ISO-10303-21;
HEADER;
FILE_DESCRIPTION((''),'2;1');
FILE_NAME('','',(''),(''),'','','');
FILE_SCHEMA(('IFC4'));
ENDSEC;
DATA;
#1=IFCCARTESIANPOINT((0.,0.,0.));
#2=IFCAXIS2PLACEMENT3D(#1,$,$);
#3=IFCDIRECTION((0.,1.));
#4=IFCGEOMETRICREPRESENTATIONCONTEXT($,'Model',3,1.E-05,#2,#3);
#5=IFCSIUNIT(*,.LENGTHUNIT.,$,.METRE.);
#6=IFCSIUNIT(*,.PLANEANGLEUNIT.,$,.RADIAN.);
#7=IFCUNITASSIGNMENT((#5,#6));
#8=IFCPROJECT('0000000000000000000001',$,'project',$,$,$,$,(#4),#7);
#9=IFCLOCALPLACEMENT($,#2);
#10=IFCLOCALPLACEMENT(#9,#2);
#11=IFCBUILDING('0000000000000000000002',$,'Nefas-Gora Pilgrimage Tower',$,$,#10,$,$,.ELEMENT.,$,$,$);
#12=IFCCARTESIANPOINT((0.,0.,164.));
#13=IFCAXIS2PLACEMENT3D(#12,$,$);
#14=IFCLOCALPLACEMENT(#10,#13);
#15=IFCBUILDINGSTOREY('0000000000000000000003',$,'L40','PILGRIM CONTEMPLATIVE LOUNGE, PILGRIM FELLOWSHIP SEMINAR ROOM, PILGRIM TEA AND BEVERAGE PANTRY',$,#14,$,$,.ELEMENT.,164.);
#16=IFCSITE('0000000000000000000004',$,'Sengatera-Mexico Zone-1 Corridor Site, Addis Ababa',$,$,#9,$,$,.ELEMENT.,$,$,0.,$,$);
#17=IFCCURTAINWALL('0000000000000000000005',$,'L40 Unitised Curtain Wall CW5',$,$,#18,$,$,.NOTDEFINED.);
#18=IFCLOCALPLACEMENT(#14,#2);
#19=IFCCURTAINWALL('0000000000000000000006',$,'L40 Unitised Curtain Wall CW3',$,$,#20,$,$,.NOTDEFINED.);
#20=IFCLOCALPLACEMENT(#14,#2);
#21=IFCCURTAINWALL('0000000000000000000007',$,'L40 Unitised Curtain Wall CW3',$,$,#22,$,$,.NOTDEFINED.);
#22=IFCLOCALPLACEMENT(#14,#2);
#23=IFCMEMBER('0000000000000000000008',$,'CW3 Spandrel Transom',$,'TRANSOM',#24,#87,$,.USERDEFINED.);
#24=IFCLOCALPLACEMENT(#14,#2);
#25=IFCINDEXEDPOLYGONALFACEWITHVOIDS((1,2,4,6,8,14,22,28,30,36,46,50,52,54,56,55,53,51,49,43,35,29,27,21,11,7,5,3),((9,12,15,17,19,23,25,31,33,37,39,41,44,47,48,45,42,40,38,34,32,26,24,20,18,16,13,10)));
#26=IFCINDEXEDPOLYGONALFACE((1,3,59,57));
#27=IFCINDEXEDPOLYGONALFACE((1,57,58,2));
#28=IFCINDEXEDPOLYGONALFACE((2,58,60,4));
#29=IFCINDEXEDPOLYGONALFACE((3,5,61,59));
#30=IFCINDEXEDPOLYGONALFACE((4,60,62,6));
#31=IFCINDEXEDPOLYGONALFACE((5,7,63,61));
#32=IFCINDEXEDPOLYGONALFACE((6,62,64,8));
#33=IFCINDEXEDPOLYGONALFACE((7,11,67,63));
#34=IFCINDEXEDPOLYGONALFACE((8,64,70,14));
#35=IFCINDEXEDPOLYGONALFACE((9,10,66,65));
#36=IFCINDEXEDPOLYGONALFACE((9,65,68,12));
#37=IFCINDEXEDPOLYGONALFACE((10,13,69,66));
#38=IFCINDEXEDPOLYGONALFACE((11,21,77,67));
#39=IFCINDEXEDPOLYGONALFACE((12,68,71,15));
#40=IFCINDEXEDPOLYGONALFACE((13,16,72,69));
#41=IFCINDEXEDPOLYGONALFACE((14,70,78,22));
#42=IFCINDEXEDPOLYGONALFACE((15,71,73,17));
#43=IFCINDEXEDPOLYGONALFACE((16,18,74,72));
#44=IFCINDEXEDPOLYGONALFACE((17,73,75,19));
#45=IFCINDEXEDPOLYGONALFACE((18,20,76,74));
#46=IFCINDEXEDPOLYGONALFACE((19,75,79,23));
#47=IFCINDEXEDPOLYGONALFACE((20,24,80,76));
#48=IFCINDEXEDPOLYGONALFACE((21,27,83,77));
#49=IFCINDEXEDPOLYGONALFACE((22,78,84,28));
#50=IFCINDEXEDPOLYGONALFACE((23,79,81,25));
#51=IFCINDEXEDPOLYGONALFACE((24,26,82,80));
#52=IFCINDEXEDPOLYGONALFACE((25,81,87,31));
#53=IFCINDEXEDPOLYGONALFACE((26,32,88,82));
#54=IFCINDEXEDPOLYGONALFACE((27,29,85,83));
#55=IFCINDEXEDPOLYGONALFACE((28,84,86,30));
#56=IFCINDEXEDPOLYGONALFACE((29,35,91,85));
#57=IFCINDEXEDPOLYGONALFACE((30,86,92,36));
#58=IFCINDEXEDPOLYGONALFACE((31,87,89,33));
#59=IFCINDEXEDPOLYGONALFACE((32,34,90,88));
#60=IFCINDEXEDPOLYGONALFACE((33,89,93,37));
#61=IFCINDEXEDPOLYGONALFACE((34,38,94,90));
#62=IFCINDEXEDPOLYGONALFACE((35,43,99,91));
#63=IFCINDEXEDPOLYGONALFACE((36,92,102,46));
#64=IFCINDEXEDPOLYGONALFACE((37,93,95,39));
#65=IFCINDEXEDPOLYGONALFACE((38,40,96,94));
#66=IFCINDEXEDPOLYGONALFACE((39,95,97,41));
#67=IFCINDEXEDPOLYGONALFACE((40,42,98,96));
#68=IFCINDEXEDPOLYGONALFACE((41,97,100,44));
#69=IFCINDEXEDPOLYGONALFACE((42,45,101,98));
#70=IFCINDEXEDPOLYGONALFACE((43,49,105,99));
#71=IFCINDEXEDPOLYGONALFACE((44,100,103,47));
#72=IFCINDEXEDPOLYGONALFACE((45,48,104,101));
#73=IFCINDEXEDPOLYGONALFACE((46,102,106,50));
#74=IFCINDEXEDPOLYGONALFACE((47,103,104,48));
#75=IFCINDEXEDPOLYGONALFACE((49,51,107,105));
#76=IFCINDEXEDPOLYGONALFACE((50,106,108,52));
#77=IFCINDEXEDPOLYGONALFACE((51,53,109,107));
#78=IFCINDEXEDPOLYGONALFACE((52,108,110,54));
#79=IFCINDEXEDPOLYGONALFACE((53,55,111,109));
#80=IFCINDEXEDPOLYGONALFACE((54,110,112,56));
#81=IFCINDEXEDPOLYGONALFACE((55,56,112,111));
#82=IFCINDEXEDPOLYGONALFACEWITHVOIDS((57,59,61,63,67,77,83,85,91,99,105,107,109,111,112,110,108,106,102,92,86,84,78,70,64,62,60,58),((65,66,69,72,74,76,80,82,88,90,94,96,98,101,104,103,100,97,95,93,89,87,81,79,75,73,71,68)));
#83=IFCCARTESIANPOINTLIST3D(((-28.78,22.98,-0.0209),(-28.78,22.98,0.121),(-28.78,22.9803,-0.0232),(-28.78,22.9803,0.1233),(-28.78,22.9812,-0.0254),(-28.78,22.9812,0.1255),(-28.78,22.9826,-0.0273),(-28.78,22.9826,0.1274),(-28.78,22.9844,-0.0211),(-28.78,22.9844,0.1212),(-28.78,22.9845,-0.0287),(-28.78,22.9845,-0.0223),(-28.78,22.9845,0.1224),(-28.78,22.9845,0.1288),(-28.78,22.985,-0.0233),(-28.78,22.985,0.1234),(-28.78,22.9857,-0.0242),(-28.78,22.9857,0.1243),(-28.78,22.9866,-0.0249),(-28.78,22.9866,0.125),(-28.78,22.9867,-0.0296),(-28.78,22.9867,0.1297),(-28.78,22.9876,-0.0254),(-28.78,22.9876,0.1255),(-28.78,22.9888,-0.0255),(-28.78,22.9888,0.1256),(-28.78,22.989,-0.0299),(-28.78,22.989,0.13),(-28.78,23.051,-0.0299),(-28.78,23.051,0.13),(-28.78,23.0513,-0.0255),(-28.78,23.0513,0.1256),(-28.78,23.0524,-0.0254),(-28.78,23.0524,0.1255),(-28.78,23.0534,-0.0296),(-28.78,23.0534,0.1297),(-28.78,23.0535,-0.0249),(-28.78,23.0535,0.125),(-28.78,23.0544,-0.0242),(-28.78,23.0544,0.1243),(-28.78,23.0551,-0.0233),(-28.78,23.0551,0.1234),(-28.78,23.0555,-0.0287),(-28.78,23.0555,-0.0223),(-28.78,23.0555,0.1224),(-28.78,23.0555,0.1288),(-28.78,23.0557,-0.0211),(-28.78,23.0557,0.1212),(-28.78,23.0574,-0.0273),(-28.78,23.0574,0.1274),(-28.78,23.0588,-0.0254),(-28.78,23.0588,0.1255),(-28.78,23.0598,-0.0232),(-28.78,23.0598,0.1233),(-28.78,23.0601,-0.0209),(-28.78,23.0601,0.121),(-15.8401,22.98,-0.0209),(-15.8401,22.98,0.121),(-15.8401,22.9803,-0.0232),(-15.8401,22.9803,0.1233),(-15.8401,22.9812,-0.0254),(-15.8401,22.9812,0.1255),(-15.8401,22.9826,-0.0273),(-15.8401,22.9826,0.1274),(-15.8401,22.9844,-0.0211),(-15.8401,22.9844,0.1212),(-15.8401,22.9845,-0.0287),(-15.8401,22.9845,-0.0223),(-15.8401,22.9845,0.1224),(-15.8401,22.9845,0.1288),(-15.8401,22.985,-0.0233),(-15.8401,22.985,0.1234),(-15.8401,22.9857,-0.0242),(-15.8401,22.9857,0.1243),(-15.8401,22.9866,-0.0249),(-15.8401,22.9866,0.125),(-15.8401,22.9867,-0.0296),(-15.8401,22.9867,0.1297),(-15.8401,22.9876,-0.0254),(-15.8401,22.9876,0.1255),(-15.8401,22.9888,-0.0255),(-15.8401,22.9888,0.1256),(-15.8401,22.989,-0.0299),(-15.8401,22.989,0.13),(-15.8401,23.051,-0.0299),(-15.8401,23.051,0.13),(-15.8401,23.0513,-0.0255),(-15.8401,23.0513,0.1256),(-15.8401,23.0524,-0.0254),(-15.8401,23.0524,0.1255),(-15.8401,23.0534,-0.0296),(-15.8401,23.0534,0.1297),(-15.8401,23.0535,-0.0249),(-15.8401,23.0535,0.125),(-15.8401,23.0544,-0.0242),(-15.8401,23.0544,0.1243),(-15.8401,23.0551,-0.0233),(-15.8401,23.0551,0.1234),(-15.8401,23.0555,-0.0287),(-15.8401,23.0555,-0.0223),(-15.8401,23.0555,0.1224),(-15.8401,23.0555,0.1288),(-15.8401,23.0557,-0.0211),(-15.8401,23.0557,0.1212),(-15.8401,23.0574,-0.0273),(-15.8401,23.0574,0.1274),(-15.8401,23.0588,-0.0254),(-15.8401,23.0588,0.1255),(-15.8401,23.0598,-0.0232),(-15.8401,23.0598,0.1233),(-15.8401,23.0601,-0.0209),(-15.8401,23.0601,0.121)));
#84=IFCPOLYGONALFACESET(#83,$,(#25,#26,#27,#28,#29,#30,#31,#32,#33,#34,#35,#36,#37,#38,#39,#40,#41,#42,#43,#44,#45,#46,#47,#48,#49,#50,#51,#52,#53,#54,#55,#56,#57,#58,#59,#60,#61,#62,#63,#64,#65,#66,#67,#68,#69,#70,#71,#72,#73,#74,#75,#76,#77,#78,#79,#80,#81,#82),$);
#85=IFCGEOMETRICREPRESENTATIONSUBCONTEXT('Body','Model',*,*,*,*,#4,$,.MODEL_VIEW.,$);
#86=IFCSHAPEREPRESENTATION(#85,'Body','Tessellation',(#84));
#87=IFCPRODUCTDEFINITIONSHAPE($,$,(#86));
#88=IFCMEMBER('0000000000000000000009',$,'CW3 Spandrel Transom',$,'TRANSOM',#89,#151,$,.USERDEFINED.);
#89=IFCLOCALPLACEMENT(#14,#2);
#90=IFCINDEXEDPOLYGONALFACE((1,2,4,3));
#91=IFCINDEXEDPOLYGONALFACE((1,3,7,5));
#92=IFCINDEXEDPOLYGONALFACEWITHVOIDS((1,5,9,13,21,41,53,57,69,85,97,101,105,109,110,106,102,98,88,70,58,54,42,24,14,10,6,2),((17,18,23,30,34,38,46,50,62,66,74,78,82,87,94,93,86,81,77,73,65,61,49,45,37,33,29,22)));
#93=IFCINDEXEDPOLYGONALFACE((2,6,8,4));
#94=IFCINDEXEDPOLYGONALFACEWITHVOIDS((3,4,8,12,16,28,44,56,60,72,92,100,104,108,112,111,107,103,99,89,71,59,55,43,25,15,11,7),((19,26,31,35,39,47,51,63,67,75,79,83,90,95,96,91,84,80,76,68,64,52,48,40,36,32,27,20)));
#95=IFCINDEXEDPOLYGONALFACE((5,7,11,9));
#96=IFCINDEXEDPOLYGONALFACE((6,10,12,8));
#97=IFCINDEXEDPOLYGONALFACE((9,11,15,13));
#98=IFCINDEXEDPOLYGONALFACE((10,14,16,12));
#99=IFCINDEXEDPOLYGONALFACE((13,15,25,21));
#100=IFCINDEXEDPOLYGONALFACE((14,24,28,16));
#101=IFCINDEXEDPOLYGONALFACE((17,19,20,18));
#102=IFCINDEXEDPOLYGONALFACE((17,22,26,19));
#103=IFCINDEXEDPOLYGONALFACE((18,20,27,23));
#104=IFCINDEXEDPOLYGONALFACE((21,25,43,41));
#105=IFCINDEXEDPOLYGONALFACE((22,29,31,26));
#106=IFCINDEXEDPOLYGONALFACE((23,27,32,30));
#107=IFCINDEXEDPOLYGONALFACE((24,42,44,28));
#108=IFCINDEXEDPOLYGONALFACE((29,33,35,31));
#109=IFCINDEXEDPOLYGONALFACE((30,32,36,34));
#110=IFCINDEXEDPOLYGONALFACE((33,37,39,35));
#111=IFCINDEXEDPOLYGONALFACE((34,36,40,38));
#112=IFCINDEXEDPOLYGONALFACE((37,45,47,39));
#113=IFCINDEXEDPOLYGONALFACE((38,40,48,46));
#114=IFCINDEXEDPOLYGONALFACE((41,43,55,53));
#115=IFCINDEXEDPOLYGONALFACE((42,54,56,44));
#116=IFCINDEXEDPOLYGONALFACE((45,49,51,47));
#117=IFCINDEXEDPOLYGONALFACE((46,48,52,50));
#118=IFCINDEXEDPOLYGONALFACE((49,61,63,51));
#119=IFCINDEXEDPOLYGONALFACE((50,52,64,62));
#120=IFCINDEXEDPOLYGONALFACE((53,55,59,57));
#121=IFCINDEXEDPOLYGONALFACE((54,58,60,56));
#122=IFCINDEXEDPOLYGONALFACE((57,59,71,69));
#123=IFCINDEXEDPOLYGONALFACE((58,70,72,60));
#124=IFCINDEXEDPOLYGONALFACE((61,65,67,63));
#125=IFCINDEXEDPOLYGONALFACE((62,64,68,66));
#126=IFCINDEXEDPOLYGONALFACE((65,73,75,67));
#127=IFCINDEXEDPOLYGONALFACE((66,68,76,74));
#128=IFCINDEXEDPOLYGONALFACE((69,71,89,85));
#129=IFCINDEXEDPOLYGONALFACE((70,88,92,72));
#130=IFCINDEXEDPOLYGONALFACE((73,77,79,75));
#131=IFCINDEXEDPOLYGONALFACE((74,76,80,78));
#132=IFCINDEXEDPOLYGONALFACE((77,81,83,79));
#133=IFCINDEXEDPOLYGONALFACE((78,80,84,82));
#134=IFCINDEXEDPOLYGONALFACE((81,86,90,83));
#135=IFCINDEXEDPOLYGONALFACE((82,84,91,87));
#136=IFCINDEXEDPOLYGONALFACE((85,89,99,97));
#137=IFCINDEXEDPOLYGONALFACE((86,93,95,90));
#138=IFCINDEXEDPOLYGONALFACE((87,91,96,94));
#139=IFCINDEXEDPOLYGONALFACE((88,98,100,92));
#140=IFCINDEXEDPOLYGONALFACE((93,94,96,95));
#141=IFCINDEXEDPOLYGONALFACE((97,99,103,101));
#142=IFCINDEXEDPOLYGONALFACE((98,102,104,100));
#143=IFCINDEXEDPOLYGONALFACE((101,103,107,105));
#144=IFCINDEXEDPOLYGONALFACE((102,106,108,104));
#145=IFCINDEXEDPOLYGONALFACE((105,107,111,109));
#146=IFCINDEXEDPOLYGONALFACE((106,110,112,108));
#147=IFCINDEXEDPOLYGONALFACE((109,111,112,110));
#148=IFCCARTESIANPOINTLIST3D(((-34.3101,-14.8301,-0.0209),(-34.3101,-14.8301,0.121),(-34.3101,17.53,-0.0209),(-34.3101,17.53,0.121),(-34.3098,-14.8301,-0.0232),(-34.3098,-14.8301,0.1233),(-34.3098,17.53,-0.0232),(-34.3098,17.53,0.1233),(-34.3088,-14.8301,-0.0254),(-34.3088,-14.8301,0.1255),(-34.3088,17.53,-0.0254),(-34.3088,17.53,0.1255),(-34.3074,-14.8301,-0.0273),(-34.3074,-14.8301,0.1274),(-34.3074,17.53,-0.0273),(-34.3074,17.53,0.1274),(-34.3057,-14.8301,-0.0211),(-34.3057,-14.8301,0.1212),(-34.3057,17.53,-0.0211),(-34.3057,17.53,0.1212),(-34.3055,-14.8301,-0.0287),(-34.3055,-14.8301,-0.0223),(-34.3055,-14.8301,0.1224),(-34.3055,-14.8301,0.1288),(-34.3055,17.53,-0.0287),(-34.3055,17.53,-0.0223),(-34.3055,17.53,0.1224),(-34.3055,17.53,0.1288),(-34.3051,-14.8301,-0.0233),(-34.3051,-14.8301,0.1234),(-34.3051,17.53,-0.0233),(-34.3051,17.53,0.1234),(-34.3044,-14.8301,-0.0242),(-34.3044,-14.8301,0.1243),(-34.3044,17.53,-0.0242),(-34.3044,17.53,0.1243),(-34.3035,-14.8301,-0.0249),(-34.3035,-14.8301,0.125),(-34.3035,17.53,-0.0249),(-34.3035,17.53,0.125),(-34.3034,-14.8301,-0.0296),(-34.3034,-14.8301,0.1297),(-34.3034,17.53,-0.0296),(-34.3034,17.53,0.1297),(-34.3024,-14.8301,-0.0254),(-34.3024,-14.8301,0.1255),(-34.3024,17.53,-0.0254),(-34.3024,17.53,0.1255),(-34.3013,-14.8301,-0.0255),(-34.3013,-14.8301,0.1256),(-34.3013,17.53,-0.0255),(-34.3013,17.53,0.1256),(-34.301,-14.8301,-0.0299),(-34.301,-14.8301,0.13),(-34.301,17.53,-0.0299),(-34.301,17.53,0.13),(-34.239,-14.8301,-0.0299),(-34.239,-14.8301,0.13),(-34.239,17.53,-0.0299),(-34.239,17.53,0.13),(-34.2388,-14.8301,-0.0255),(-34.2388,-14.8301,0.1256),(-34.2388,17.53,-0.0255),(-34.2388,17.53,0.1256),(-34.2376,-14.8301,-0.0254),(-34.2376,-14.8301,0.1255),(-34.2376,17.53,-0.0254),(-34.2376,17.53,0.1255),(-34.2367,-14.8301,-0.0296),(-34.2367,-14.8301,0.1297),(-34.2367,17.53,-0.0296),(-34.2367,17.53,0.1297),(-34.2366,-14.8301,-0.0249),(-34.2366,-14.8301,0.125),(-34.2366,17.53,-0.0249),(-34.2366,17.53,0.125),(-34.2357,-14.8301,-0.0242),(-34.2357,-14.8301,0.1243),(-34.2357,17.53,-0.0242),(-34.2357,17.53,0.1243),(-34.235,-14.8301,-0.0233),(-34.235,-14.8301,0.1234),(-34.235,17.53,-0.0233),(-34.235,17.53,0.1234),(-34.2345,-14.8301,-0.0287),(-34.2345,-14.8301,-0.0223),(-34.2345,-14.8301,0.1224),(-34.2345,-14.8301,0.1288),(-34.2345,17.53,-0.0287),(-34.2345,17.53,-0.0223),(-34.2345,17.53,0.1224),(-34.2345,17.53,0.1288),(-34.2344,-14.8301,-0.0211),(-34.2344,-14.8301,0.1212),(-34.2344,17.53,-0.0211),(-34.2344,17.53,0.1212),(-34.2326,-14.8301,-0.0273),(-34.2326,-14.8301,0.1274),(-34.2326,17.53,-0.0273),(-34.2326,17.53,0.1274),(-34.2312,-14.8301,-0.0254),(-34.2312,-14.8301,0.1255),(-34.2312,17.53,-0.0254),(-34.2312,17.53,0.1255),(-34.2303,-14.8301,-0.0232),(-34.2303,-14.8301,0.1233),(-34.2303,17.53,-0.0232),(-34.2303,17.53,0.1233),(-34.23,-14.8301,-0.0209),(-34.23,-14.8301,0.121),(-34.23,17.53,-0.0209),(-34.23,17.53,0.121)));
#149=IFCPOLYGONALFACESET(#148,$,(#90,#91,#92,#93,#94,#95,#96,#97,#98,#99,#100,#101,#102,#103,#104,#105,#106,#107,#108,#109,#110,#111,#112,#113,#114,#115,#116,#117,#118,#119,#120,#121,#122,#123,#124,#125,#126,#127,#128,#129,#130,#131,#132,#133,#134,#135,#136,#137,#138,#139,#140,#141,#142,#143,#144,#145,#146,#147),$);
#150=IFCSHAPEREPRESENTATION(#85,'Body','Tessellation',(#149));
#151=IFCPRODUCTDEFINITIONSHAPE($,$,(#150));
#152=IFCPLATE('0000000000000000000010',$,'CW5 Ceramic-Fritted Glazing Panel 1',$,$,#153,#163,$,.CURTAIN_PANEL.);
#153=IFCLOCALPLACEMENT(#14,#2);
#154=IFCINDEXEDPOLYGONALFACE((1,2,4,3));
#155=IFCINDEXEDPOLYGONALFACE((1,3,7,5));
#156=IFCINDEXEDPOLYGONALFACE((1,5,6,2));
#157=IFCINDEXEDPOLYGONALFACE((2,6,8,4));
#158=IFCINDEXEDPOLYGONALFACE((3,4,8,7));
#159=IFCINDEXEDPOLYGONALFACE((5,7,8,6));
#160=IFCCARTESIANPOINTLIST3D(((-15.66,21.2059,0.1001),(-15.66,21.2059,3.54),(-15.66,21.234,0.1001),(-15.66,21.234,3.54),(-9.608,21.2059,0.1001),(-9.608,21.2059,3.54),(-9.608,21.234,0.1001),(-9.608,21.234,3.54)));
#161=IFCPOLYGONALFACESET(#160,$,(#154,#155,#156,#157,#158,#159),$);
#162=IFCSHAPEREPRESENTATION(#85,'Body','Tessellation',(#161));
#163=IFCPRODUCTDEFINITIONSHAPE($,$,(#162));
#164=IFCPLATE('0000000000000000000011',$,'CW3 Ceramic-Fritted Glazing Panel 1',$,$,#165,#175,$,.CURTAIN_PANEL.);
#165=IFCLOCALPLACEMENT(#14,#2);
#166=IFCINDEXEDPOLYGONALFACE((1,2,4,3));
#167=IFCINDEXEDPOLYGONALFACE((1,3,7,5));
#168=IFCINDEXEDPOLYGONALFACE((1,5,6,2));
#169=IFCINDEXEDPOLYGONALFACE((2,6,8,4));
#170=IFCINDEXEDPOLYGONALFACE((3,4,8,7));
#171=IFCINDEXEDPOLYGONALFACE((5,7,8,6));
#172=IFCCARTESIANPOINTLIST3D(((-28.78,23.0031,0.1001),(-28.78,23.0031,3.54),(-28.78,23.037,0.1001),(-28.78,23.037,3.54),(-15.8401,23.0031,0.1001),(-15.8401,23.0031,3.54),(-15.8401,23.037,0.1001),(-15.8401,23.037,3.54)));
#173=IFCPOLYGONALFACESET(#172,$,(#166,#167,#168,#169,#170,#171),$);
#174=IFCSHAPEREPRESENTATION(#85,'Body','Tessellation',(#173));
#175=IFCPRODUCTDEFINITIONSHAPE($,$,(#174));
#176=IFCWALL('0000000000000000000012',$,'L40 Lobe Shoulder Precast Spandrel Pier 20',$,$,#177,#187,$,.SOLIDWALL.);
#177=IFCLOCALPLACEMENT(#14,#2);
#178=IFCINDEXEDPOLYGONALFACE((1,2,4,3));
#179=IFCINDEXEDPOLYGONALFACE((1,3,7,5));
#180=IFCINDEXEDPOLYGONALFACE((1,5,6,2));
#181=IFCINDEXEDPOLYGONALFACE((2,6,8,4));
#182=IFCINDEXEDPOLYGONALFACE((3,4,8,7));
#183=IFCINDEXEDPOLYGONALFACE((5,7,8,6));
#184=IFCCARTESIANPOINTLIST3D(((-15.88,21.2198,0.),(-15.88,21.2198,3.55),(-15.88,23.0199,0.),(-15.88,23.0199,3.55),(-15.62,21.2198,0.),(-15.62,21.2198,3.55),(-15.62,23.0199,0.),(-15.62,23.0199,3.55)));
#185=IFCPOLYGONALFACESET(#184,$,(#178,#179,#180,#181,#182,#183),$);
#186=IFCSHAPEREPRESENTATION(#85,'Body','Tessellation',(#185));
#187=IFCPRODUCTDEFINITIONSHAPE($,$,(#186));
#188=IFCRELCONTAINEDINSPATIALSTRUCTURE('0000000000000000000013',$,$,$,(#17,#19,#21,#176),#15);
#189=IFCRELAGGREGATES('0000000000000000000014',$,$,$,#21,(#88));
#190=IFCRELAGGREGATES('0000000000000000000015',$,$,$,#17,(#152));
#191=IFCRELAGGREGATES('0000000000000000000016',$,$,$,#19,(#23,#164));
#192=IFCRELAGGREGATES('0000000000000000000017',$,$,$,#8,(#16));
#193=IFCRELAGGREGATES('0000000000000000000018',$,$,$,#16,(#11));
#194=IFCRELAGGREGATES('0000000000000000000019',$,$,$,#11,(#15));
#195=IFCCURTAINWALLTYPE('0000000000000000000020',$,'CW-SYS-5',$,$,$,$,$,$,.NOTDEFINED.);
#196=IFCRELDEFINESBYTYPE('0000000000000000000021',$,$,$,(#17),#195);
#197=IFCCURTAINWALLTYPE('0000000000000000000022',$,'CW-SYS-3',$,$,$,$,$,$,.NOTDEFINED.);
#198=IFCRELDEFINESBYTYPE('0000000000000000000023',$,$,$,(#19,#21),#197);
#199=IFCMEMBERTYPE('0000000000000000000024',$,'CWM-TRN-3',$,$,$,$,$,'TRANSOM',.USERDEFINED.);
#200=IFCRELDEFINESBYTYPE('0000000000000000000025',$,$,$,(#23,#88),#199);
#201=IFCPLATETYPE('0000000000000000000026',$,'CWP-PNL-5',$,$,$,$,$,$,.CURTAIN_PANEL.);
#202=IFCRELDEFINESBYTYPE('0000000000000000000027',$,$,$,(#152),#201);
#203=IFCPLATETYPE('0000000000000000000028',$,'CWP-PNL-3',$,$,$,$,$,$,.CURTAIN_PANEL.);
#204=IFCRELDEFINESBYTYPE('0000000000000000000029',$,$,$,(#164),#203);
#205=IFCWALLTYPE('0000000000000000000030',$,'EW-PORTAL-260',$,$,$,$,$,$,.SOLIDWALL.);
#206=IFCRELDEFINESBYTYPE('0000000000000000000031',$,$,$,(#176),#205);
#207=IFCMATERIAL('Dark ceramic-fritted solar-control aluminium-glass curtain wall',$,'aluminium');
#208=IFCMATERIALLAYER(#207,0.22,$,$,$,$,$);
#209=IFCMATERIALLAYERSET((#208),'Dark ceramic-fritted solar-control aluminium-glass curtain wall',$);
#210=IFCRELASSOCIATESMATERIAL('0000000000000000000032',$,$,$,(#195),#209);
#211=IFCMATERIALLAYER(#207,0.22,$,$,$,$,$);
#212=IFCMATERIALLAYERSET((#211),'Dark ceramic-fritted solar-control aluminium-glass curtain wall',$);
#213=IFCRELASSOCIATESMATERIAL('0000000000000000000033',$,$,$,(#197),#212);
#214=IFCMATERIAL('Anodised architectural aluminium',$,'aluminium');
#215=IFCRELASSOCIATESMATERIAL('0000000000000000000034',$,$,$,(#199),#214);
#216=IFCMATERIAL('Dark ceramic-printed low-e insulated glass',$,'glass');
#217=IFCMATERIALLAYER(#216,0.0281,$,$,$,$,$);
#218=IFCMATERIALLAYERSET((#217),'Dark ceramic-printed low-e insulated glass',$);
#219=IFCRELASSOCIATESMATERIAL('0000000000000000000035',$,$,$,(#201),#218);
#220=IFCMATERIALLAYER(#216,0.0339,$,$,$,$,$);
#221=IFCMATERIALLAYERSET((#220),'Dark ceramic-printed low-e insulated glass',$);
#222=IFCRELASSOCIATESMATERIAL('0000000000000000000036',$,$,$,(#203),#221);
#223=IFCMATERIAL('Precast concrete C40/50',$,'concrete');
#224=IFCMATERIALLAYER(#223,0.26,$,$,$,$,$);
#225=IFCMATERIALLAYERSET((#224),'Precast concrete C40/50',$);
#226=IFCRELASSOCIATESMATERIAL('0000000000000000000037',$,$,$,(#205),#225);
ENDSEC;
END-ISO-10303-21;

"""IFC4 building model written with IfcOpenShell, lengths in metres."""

from ifc_helpers import new_model, si_unit, direction, frame, frame_2d, origin, origin_2d, place, context, subcontext, project, spatial, rectangle, hollow_rectangle, extrude, source, transform, mapped, material, layer, layer_set, material_profile, profile_set, type_object, element, aggregate, save


model = new_model("IFC4")

# Units and contexts
model_context = context("Model", 3, precision=1e-05, world=origin(), true_north=direction((0.0, 1.0)))
body_context = subcontext(model_context, "Body", "Model", "MODEL_VIEW")
ifc_project = project(units=[si_unit("LENGTHUNIT", "METRE"), si_unit("PLANEANGLEUNIT", "RADIAN")], contexts=[model_context])

# Site, building, storey
site_placement = place(None, origin())
site = spatial("IfcSite", under=ifc_project, at=site_placement, Name="Sengatera-Mexico Zone-1 Corridor Site, Addis Ababa", CompositionType="ELEMENT", RefElevation=0.0)
building_placement = place(site_placement, origin())
building = spatial("IfcBuilding", under=site, at=building_placement, Name="Nefas-Gora Pilgrimage Tower", CompositionType="ELEMENT")
storey_placement = place(building_placement, frame((0.0, 0.0, 164.0)))
storey = spatial("IfcBuildingStorey", under=building, at=storey_placement, Name="L40", Description="PILGRIM CONTEMPLATIVE LOUNGE, PILGRIM FELLOWSHIP SEMINAR ROOM, PILGRIM TEA AND BEVERAGE PANTRY", CompositionType="ELEMENT", Elevation=164.0)

# Curtain wall
ifc_material_1 = material(Name="Dark ceramic-fritted solar-control aluminium-glass curtain wall", Category="aluminium")
ifc_layer_1 = layer(ifc_material_1, 0.22)
ifc_layer_set_1 = layer_set([ifc_layer_1], Name="Dark ceramic-fritted solar-control aluminium-glass curtain wall")
curtain_wall_type_1 = type_object("IfcCurtainWallType", Name="CW-SYS-5", PredefinedType="NOTDEFINED", material=ifc_layer_set_1)
curtain_wall_1_placement = place(storey_placement, origin())
curtain_wall_1 = element("IfcCurtainWall", 1, at=curtain_wall_1_placement, inside=storey, type_object=curtain_wall_type_1, Name="L40 Unitised Curtain Wall CW5", PredefinedType="NOTDEFINED")
ifc_material_2 = material(Name="Anodised architectural aluminium", Category="aluminium")

# Curtain wall
ifc_layer_2 = layer(ifc_material_1, 0.22)
ifc_layer_set_2 = layer_set([ifc_layer_2], Name="Dark ceramic-fritted solar-control aluminium-glass curtain wall")
curtain_wall_type_2 = type_object("IfcCurtainWallType", Name="CW-SYS-3", PredefinedType="NOTDEFINED", material=ifc_layer_set_2)
curtain_wall_2_placement = place(storey_placement, origin())
curtain_wall_2 = element("IfcCurtainWall", 2, at=curtain_wall_2_placement, inside=storey, type_object=curtain_wall_type_2, Name="L40 Unitised Curtain Wall CW3", PredefinedType="NOTDEFINED")

# Curtain wall
curtain_wall_3_placement = place(storey_placement, origin())
curtain_wall_3 = element("IfcCurtainWall", 3, at=curtain_wall_3_placement, inside=storey, type_object=curtain_wall_type_2, Name="L40 Unitised Curtain Wall CW3", PredefinedType="NOTDEFINED")

# Members
ifc_material_profile_1 = material_profile(ifc_material_2, hollow_rectangle(XDim=0.0801, YDim=0.1599, WallThickness=0.0044, InnerFilletRadius=0.0044, OuterFilletRadius=0.009, at=origin_2d()), Name="ALU TRANSOM 80x160")
ifc_profile_set_1 = profile_set([ifc_material_profile_1], Name="Anodised architectural aluminium")
member_type_1 = type_object("IfcMemberType", Name="CWM-TRN-3", ElementType="TRANSOM", PredefinedType="USERDEFINED", material=ifc_profile_set_1)
shared_shape_1 = source(origin(), body_context, "Body", "SweptSolid", [
    extrude(hollow_rectangle(XDim=0.0801, YDim=0.1599, WallThickness=0.0044, InnerFilletRadius=0.0044, OuterFilletRadius=0.009, at=origin_2d()), origin(), (0.0, 0.0, 1.0), 12.9399),
])
member_1_placement = place(storey_placement, frame((-15.8401, 23.02, 0.05), z_axis=(-1.0, 0.0, 0.0), x_axis=(0.0, -1.0, 0.0)))
member_1 = element("IfcMember", 4, at=member_1_placement, type_object=member_type_1, Name="CW3 Spandrel Transom", ObjectType="TRANSOM", PredefinedType="USERDEFINED", context=body_context, shape_type="MappedRepresentation", body=[
    mapped(shared_shape_1, transform((0.0, 0.0, 0.0), x_axis=(1.0, 0.0, 0.0), y_axis=(0.0, 1.0, 0.0), z_axis=(0.0, 0.0, 1.0), scale=1.0)),
])
shared_shape_2 = source(origin(), body_context, "Body", "SweptSolid", [
    extrude(hollow_rectangle(XDim=0.0801, YDim=0.1599, WallThickness=0.0044, InnerFilletRadius=0.0044, OuterFilletRadius=0.009, at=origin_2d()), origin(), (0.0, 0.0, 1.0), 32.3601),
])
member_2_placement = place(storey_placement, frame((-34.27, 17.53, 0.05), z_axis=(0.0, -1.0, 0.0), x_axis=(1.0, 0.0, 0.0)))
member_2 = element("IfcMember", 5, at=member_2_placement, type_object=member_type_1, Name="CW3 Spandrel Transom", ObjectType="TRANSOM", PredefinedType="USERDEFINED", context=body_context, shape_type="MappedRepresentation", body=[
    mapped(shared_shape_2, transform((0.0, 0.0, 0.0), x_axis=(1.0, 0.0, 0.0), y_axis=(0.0, 1.0, 0.0), z_axis=(0.0, 0.0, 1.0), scale=1.0)),
])
aggregate(curtain_wall_3, [member_2])

# Plates
ifc_material_3 = material(Name="Dark ceramic-printed low-e insulated glass", Category="glass")
ifc_layer_3 = layer(ifc_material_3, 0.0281)
ifc_layer_set_3 = layer_set([ifc_layer_3], Name="Dark ceramic-printed low-e insulated glass")
plate_type_1 = type_object("IfcPlateType", Name="CWP-PNL-5", PredefinedType="CURTAIN_PANEL", material=ifc_layer_set_3)
shared_shape_3 = source(origin(), body_context, "Body", "SweptSolid", [
    extrude(rectangle(XDim=6.052, YDim=0.0281, at=origin_2d()), origin(), (0.0, 0.0, 1.0), 3.4399),
])
plate_1_placement = place(storey_placement, frame((-12.634, 21.22, 0.1001), z_axis=(0.0, 0.0, 1.0), x_axis=(-1.0, 0.0, 0.0)))
plate_1 = element("IfcPlate", 6, at=plate_1_placement, type_object=plate_type_1, Name="CW5 Ceramic-Fritted Glazing Panel 1", PredefinedType="CURTAIN_PANEL", context=body_context, shape_type="MappedRepresentation", body=[
    mapped(shared_shape_3, transform((0.0, 0.0, 0.0), x_axis=(1.0, 0.0, 0.0), y_axis=(0.0, 1.0, 0.0), z_axis=(0.0, 0.0, 1.0), scale=1.0)),
])
aggregate(curtain_wall_1, [plate_1])
ifc_layer_4 = layer(ifc_material_3, 0.0339)
ifc_layer_set_4 = layer_set([ifc_layer_4], Name="Dark ceramic-printed low-e insulated glass")
plate_type_2 = type_object("IfcPlateType", Name="CWP-PNL-3", PredefinedType="CURTAIN_PANEL", material=ifc_layer_set_4)
shared_shape_4 = source(origin(), body_context, "Body", "SweptSolid", [
    extrude(rectangle(XDim=12.9399, YDim=0.0339, at=origin_2d()), origin(), (0.0, 0.0, 1.0), 3.4399),
])
plate_2_placement = place(storey_placement, frame((-22.3101, 23.02, 0.1001), z_axis=(0.0, 0.0, 1.0), x_axis=(-1.0, 0.0, 0.0)))
plate_2 = element("IfcPlate", 7, at=plate_2_placement, type_object=plate_type_2, Name="CW3 Ceramic-Fritted Glazing Panel 1", PredefinedType="CURTAIN_PANEL", context=body_context, shape_type="MappedRepresentation", body=[
    mapped(shared_shape_4, transform((0.0, 0.0, 0.0), x_axis=(1.0, 0.0, 0.0), y_axis=(0.0, 1.0, 0.0), z_axis=(0.0, 0.0, 1.0), scale=1.0)),
])
aggregate(curtain_wall_2, [member_1, plate_2])

# Wall
ifc_material_4 = material(Name="Precast concrete C40/50", Category="concrete")
ifc_layer_5 = layer(ifc_material_4, 0.26)
ifc_layer_set_5 = layer_set([ifc_layer_5], Name="Precast concrete C40/50")
wall_type_1 = type_object("IfcWallType", Name="EW-PORTAL-260", PredefinedType="SOLIDWALL", material=ifc_layer_set_5)
shared_shape_5 = source(origin(), body_context, "Body", "SweptSolid", [
    extrude(rectangle(XDim=1.8, YDim=0.26, at=frame_2d((0.8999, 0.0))), origin(), (0.0, 0.0, 1.0), 3.55),
])
wall_1_placement = place(storey_placement, frame((-15.75, 21.22, 0.0), z_axis=(0.0, 0.0, 1.0), x_axis=(0.0, 1.0, 0.0)))
element("IfcWall", 8, at=wall_1_placement, inside=storey, type_object=wall_type_1, Name="L40 Lobe Shoulder Precast Spandrel Pier 20", PredefinedType="SOLIDWALL", context=body_context, shape_type="MappedRepresentation", body=[
    mapped(shared_shape_5, transform((0.0, 0.0, 0.0), x_axis=(1.0, 0.0, 0.0), y_axis=(0.0, 1.0, 0.0), z_axis=(0.0, 0.0, 1.0), scale=1.0)),
])

save(model, "model.ifc")
